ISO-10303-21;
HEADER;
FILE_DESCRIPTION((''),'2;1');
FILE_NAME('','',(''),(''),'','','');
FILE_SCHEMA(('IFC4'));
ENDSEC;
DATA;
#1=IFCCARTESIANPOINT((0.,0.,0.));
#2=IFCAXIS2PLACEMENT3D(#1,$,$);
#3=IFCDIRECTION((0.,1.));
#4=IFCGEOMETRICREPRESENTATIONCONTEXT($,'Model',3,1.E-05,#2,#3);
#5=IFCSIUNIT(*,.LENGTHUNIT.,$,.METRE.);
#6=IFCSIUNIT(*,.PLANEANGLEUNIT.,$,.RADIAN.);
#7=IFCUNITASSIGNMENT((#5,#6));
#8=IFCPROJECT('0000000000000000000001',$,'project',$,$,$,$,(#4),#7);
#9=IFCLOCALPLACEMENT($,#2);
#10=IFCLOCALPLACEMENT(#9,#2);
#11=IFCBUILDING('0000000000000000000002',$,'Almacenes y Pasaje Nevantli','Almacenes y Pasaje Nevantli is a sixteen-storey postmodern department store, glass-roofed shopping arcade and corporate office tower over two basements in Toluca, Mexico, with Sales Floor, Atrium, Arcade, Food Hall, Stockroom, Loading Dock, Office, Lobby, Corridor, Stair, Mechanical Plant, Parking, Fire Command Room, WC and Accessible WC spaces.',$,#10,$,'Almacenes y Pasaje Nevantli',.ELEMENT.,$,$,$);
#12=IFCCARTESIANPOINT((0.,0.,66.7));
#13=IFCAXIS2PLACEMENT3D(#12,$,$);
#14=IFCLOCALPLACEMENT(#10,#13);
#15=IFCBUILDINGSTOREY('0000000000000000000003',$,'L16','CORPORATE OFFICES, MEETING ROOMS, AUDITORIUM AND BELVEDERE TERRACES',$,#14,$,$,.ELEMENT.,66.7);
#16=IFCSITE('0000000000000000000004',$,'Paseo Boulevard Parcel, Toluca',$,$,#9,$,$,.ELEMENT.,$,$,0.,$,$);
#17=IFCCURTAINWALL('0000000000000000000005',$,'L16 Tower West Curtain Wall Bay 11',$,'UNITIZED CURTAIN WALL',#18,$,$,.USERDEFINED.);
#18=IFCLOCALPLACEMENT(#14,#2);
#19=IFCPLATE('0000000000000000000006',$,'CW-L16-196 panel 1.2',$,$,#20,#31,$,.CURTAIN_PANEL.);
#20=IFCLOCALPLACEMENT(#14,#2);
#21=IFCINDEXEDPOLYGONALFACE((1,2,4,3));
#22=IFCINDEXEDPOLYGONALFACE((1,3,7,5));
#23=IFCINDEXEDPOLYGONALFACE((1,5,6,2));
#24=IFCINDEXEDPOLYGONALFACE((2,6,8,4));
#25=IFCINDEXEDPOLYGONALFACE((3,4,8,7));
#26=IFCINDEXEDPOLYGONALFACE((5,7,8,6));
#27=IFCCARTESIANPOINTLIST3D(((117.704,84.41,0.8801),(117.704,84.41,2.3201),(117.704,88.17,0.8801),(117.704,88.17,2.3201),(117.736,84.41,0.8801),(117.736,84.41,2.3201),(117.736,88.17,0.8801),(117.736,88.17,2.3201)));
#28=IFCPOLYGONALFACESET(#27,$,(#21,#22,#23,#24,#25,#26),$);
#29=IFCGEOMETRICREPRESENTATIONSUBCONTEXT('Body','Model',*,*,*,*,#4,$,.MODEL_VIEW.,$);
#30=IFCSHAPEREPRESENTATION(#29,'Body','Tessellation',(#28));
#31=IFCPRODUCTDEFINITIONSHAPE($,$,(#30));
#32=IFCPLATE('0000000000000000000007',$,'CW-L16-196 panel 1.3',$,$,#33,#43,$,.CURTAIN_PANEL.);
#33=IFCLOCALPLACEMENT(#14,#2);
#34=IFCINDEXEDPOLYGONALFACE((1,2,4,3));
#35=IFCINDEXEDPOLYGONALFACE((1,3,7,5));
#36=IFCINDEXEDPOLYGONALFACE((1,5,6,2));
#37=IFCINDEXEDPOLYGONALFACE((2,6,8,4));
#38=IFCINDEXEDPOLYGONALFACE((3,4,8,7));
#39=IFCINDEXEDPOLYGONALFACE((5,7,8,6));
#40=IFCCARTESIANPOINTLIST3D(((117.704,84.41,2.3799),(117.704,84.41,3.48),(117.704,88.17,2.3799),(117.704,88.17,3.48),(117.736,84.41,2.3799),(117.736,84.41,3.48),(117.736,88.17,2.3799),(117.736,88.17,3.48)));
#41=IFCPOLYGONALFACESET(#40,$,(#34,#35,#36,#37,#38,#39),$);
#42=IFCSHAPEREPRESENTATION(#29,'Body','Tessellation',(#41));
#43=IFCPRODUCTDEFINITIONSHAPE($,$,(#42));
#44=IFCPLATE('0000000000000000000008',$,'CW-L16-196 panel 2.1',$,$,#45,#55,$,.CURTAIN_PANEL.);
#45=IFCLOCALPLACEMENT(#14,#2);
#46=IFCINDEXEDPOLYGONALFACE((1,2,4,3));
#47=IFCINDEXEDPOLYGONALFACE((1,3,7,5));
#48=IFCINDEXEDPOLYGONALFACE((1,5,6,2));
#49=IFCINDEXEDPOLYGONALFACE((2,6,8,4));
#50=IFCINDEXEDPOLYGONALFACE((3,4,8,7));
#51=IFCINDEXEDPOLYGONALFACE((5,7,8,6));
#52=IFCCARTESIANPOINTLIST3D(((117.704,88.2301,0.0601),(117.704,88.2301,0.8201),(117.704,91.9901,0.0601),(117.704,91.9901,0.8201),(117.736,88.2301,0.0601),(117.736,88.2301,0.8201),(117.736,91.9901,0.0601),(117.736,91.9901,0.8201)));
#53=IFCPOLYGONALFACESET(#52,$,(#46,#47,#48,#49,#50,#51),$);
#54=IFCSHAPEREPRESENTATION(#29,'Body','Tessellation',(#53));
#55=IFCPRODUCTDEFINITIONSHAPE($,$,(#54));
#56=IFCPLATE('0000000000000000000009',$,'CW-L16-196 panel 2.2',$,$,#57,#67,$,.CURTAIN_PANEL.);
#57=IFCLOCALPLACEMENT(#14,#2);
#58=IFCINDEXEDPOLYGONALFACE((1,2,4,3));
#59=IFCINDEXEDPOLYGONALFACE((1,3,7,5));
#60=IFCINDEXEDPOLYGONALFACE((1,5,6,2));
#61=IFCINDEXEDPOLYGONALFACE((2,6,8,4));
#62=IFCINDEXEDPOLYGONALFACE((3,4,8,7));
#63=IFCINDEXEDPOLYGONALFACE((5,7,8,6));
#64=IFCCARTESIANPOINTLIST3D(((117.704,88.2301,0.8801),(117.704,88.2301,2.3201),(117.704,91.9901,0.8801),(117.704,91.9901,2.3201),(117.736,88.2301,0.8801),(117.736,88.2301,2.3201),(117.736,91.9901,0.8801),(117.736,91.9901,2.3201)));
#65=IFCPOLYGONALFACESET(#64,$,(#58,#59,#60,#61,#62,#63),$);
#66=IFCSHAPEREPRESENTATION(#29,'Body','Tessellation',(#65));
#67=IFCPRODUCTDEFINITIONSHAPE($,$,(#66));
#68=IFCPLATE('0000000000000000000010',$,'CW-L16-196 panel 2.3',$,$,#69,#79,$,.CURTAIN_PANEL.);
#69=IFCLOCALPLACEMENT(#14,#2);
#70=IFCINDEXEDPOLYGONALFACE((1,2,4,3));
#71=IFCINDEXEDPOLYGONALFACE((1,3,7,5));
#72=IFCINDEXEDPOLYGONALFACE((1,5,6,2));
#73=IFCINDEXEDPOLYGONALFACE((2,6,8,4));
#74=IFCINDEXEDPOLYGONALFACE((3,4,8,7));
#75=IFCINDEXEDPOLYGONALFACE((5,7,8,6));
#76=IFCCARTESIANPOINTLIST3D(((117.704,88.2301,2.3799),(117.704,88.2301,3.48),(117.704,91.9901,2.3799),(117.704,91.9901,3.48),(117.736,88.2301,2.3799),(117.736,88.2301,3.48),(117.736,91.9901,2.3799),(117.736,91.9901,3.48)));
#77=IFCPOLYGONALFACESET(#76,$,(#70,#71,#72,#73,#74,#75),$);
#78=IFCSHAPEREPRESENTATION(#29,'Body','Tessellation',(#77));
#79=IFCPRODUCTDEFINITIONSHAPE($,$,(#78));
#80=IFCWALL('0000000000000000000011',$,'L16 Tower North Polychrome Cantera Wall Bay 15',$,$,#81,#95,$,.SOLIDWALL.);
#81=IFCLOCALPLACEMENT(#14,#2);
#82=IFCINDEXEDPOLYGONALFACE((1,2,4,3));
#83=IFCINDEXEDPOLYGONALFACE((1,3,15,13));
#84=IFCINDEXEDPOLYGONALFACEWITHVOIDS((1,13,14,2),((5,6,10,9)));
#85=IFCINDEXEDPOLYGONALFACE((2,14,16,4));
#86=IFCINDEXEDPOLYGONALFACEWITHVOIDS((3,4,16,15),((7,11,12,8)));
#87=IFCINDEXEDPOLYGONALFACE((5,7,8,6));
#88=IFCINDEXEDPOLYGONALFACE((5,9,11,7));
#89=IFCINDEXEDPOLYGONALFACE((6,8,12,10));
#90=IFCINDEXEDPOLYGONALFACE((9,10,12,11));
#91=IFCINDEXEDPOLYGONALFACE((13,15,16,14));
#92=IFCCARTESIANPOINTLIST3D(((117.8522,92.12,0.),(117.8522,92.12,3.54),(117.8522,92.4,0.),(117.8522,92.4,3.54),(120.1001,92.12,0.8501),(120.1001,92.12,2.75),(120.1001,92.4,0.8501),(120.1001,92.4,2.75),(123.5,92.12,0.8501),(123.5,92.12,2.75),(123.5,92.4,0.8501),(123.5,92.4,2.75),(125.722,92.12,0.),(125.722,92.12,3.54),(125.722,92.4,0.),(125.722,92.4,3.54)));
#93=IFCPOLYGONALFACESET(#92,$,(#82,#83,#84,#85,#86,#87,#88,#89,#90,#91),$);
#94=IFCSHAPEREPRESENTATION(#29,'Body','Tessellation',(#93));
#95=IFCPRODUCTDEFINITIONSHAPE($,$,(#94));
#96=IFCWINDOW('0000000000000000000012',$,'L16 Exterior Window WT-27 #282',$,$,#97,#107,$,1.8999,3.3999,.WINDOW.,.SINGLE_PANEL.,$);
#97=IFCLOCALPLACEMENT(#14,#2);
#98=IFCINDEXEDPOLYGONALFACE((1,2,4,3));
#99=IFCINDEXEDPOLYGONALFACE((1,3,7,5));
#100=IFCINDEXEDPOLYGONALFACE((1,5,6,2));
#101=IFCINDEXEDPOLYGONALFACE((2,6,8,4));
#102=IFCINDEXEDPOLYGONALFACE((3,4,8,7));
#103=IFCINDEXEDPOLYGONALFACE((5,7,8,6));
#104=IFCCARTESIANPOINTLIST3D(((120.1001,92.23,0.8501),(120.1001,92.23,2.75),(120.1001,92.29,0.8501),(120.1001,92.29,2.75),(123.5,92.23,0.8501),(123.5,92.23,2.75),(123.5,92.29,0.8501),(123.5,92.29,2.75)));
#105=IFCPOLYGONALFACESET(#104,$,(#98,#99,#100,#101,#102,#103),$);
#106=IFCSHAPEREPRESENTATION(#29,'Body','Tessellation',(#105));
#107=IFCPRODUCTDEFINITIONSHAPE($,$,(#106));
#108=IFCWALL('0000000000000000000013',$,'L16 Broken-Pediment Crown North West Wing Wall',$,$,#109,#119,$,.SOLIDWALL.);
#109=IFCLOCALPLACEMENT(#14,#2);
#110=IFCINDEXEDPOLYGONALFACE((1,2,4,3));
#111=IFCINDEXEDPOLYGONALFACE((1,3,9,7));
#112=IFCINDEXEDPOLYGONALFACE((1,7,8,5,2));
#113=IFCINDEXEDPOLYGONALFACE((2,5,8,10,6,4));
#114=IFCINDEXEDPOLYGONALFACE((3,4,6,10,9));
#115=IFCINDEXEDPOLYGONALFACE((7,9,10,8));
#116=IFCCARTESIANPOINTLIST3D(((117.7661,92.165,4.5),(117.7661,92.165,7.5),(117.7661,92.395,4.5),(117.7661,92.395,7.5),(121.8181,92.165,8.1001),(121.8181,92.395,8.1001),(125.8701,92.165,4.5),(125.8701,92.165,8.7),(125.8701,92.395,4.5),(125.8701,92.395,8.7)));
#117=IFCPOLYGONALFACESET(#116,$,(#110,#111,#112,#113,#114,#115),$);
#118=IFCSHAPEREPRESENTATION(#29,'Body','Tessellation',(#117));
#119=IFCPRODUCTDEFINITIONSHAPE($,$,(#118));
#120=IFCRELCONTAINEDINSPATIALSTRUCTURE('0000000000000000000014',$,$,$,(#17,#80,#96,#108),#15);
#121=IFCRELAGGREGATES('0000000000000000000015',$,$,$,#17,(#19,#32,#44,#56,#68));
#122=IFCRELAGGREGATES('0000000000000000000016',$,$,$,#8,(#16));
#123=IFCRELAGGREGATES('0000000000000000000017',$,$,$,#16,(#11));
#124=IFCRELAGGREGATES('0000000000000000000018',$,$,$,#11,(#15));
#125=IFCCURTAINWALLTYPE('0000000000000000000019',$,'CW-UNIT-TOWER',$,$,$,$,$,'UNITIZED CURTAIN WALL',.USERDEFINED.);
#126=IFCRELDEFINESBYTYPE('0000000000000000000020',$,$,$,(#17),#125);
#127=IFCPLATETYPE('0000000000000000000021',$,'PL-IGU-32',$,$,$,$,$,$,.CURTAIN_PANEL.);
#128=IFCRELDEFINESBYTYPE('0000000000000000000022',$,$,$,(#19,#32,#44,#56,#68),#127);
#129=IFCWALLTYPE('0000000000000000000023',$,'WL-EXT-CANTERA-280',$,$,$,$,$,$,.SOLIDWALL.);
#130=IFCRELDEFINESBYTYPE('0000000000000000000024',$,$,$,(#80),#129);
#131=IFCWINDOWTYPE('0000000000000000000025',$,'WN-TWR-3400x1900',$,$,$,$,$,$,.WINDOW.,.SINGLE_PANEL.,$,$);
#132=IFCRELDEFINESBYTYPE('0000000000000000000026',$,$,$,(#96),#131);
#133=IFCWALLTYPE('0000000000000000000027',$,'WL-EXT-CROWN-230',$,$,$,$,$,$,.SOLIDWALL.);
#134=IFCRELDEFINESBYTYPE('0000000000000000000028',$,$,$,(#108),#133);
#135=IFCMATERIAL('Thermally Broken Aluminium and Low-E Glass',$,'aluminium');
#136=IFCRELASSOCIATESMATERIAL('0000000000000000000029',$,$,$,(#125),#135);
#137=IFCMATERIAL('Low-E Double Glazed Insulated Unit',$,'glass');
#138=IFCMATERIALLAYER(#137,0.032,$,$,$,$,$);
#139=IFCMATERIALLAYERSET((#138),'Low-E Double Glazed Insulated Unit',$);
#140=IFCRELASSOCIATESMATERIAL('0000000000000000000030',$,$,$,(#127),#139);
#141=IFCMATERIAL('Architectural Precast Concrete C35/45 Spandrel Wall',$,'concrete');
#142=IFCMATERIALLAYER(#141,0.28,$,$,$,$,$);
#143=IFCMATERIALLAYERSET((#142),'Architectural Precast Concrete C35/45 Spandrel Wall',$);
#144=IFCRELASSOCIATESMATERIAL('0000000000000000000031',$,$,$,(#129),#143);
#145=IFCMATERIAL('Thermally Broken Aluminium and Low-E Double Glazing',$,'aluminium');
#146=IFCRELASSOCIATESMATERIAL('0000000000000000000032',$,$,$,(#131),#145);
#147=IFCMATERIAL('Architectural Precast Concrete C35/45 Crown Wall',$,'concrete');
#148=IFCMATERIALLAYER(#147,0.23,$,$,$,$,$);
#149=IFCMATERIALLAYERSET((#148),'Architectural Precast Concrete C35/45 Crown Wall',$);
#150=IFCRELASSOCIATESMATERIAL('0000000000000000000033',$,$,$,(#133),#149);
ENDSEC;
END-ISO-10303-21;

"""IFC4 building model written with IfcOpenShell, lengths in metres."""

from ifc_helpers import new_model, si_unit, direction, frame, frame_2d, origin, origin_2d, place, context, subcontext, project, spatial, polyline, rectangle, outline, extrude, material, layer, layer_set, type_object, element, fill, aggregate, save


model = new_model("IFC4")

# Units and contexts
model_context = context("Model", 3, precision=1e-05, world=origin(), true_north=direction((0.0, 1.0)))
body_context = subcontext(model_context, "Body", "Model", "MODEL_VIEW")
ifc_project = project(units=[si_unit("LENGTHUNIT", "METRE"), si_unit("PLANEANGLEUNIT", "RADIAN")], contexts=[model_context])

# Site, building, storey
site_placement = place(None, origin())
site = spatial("IfcSite", under=ifc_project, at=site_placement, Name="Paseo Boulevard Parcel, Toluca", CompositionType="ELEMENT", RefElevation=0.0)
building_placement = place(site_placement, origin())
building = spatial("IfcBuilding", under=site, at=building_placement, Name="Almacenes y Pasaje Nevantli", Description="Almacenes y Pasaje Nevantli is a sixteen-storey postmodern department store, glass-roofed shopping arcade and corporate office tower over two basements in Toluca, Mexico, with Sales Floor, Atrium, Arcade, Food Hall, Stockroom, Loading Dock, Office, Lobby, Corridor, Stair, Mechanical Plant, Parking, Fire Command Room, WC and Accessible WC spaces.", LongName="Almacenes y Pasaje Nevantli", CompositionType="ELEMENT")
storey_placement = place(building_placement, frame((0.0, 0.0, 66.7)))
storey = spatial("IfcBuildingStorey", under=building, at=storey_placement, Name="L16", Description="CORPORATE OFFICES, MEETING ROOMS, AUDITORIUM AND BELVEDERE TERRACES", CompositionType="ELEMENT", Elevation=66.7)

# Curtain wall, plates
ifc_material_1 = material(Name="Thermally Broken Aluminium and Low-E Glass", Category="aluminium")
curtain_wall_type = type_object("IfcCurtainWallType", Name="CW-UNIT-TOWER", ElementType="UNITIZED CURTAIN WALL", PredefinedType="USERDEFINED", material=ifc_material_1)
curtain_wall_placement = place(storey_placement, origin())
curtain_wall = element("IfcCurtainWall", 1, at=curtain_wall_placement, inside=storey, type_object=curtain_wall_type, Name="L16 Tower West Curtain Wall Bay 11", ObjectType="UNITIZED CURTAIN WALL", PredefinedType="USERDEFINED")
ifc_material_2 = material(Name="Low-E Double Glazed Insulated Unit", Category="glass")
ifc_layer_1 = layer(ifc_material_2, 0.032)
ifc_layer_set_1 = layer_set([ifc_layer_1], Name="Low-E Double Glazed Insulated Unit")
plate_type = type_object("IfcPlateType", Name="PL-IGU-32", PredefinedType="CURTAIN_PANEL", material=ifc_layer_set_1)
plate_1_placement = place(storey_placement, frame((117.72, 86.29, 0.8801), z_axis=(0.0, 0.0, 1.0), x_axis=(0.0, 1.0, 0.0)))
plate_1 = element("IfcPlate", 2, at=plate_1_placement, type_object=plate_type, Name="CW-L16-196 panel 1.2", PredefinedType="CURTAIN_PANEL", context=body_context, shape_type="SweptSolid", body=[
    extrude(rectangle(XDim=3.76, YDim=0.032, at=origin_2d()), origin(), (0.0, 0.0, 1.0), 1.4399),
])
plate_2_placement = place(storey_placement, frame((117.72, 86.29, 2.3799), z_axis=(0.0, 0.0, 1.0), x_axis=(0.0, 1.0, 0.0)))
plate_2 = element("IfcPlate", 3, at=plate_2_placement, type_object=plate_type, Name="CW-L16-196 panel 1.3", PredefinedType="CURTAIN_PANEL", context=body_context, shape_type="SweptSolid", body=[
    extrude(rectangle(XDim=3.76, YDim=0.032, at=origin_2d()), origin(), (0.0, 0.0, 1.0), 1.1001),
])
plate_3_placement = place(storey_placement, frame((117.72, 90.1101, 0.0601), z_axis=(0.0, 0.0, 1.0), x_axis=(0.0, 1.0, 0.0)))
plate_3 = element("IfcPlate", 4, at=plate_3_placement, type_object=plate_type, Name="CW-L16-196 panel 2.1", PredefinedType="CURTAIN_PANEL", context=body_context, shape_type="SweptSolid", body=[
    extrude(rectangle(XDim=3.76, YDim=0.032, at=origin_2d()), origin(), (0.0, 0.0, 1.0), 0.76),
])
plate_4_placement = place(storey_placement, frame((117.72, 90.1101, 0.8801), z_axis=(0.0, 0.0, 1.0), x_axis=(0.0, 1.0, 0.0)))
plate_4 = element("IfcPlate", 5, at=plate_4_placement, type_object=plate_type, Name="CW-L16-196 panel 2.2", PredefinedType="CURTAIN_PANEL", context=body_context, shape_type="SweptSolid", body=[
    extrude(rectangle(XDim=3.76, YDim=0.032, at=origin_2d()), origin(), (0.0, 0.0, 1.0), 1.4399),
])
plate_5_placement = place(storey_placement, frame((117.72, 90.1101, 2.3799), z_axis=(0.0, 0.0, 1.0), x_axis=(0.0, 1.0, 0.0)))
plate_5 = element("IfcPlate", 6, at=plate_5_placement, type_object=plate_type, Name="CW-L16-196 panel 2.3", PredefinedType="CURTAIN_PANEL", context=body_context, shape_type="SweptSolid", body=[
    extrude(rectangle(XDim=3.76, YDim=0.032, at=origin_2d()), origin(), (0.0, 0.0, 1.0), 1.1001),
])
aggregate(curtain_wall, [plate_1, plate_2, plate_3, plate_4, plate_5])

# Wall, opening, window
ifc_material_3 = material(Name="Architectural Precast Concrete C35/45 Spandrel Wall", Category="concrete")
ifc_layer_2 = layer(ifc_material_3, 0.28)
ifc_layer_set_2 = layer_set([ifc_layer_2], Name="Architectural Precast Concrete C35/45 Spandrel Wall")
wall_type_1 = type_object("IfcWallType", Name="WL-EXT-CANTERA-280", PredefinedType="SOLIDWALL", material=ifc_layer_set_2)
wall_1_placement = place(storey_placement, frame((117.8521, 92.26, 0.0), z_axis=(0.0, 0.0, 1.0), x_axis=(1.0, 0.0, 0.0)))
wall_1 = element("IfcWall", 7, at=wall_1_placement, inside=storey, type_object=wall_type_1, Name="L16 Tower North Polychrome Cantera Wall Bay 15", PredefinedType="SOLIDWALL", context=body_context, shape_type="SweptSolid", body=[
    extrude(rectangle(XDim=7.8699, YDim=0.28, at=frame_2d((3.9351, 0.0))), origin(), (0.0, 0.0, 1.0), 3.54),
])
opening_placement = place(wall_1_placement, frame((2.248, 0.0, 0.8501)))
opening = element("IfcOpeningElement", 8, at=opening_placement, cuts=wall_1, PredefinedType="OPENING", context=body_context, shape_type="SweptSolid", body=[
    extrude(rectangle(XDim=3.3999, YDim=1.8999, at=frame_2d((1.7, 0.95))), frame((0.0, 0.1499, 0.0), z_axis=(0.0, -1.0, 0.0), x_axis=(1.0, 0.0, 0.0)), (0.0, 0.0, 1.0), 0.3),
])
ifc_material_4 = material(Name="Thermally Broken Aluminium and Low-E Double Glazing", Category="aluminium")
window_type = type_object("IfcWindowType", Name="WN-TWR-3400x1900", PartitioningType="SINGLE_PANEL", PredefinedType="WINDOW", material=ifc_material_4)
window_placement = place(opening_placement, origin())
window = element("IfcWindow", 9, at=window_placement, inside=storey, type_object=window_type, Name="L16 Exterior Window WT-27 #282", OverallHeight=1.8999, OverallWidth=3.3999, PartitioningType="SINGLE_PANEL", PredefinedType="WINDOW", context=body_context, shape_type="SweptSolid", body=[
    extrude(rectangle(XDim=3.3999, YDim=1.8999, at=frame_2d((1.7, 0.95))), frame((0.0, 0.03, 0.0), z_axis=(0.0, -1.0, 0.0), x_axis=(1.0, 0.0, 0.0)), (0.0, 0.0, 1.0), 0.0601),
])
fill(opening, window)

# Wall
ifc_material_5 = material(Name="Architectural Precast Concrete C35/45 Crown Wall", Category="concrete")
ifc_layer_3 = layer(ifc_material_5, 0.23)
ifc_layer_set_3 = layer_set([ifc_layer_3], Name="Architectural Precast Concrete C35/45 Crown Wall")
wall_type_2 = type_object("IfcWallType", Name="WL-EXT-CROWN-230", PredefinedType="SOLIDWALL", material=ifc_layer_set_3)
wall_2_placement = place(storey_placement, frame((117.7661, 92.28, 4.5), z_axis=(0.0, 0.0, 1.0), x_axis=(1.0, 0.0, 0.0)))
element("IfcWall", 10, at=wall_2_placement, inside=storey, type_object=wall_type_2, Name="L16 Broken-Pediment Crown North West Wing Wall", PredefinedType="SOLIDWALL", context=body_context, shape_type="SweptSolid", body=[
    extrude(outline(polyline([(0.0, 0.0), (8.104, 0.0), (8.104, 4.2), (4.052, 3.6001), (0.0, 3.0), (0.0, 0.0)])), frame((0.0, 0.115, 0.0), z_axis=(0.0, -1.0, 0.0), x_axis=(1.0, 0.0, 0.0)), (0.0, 0.0, 1.0), 0.23),
])

save(model, "model.ifc")
